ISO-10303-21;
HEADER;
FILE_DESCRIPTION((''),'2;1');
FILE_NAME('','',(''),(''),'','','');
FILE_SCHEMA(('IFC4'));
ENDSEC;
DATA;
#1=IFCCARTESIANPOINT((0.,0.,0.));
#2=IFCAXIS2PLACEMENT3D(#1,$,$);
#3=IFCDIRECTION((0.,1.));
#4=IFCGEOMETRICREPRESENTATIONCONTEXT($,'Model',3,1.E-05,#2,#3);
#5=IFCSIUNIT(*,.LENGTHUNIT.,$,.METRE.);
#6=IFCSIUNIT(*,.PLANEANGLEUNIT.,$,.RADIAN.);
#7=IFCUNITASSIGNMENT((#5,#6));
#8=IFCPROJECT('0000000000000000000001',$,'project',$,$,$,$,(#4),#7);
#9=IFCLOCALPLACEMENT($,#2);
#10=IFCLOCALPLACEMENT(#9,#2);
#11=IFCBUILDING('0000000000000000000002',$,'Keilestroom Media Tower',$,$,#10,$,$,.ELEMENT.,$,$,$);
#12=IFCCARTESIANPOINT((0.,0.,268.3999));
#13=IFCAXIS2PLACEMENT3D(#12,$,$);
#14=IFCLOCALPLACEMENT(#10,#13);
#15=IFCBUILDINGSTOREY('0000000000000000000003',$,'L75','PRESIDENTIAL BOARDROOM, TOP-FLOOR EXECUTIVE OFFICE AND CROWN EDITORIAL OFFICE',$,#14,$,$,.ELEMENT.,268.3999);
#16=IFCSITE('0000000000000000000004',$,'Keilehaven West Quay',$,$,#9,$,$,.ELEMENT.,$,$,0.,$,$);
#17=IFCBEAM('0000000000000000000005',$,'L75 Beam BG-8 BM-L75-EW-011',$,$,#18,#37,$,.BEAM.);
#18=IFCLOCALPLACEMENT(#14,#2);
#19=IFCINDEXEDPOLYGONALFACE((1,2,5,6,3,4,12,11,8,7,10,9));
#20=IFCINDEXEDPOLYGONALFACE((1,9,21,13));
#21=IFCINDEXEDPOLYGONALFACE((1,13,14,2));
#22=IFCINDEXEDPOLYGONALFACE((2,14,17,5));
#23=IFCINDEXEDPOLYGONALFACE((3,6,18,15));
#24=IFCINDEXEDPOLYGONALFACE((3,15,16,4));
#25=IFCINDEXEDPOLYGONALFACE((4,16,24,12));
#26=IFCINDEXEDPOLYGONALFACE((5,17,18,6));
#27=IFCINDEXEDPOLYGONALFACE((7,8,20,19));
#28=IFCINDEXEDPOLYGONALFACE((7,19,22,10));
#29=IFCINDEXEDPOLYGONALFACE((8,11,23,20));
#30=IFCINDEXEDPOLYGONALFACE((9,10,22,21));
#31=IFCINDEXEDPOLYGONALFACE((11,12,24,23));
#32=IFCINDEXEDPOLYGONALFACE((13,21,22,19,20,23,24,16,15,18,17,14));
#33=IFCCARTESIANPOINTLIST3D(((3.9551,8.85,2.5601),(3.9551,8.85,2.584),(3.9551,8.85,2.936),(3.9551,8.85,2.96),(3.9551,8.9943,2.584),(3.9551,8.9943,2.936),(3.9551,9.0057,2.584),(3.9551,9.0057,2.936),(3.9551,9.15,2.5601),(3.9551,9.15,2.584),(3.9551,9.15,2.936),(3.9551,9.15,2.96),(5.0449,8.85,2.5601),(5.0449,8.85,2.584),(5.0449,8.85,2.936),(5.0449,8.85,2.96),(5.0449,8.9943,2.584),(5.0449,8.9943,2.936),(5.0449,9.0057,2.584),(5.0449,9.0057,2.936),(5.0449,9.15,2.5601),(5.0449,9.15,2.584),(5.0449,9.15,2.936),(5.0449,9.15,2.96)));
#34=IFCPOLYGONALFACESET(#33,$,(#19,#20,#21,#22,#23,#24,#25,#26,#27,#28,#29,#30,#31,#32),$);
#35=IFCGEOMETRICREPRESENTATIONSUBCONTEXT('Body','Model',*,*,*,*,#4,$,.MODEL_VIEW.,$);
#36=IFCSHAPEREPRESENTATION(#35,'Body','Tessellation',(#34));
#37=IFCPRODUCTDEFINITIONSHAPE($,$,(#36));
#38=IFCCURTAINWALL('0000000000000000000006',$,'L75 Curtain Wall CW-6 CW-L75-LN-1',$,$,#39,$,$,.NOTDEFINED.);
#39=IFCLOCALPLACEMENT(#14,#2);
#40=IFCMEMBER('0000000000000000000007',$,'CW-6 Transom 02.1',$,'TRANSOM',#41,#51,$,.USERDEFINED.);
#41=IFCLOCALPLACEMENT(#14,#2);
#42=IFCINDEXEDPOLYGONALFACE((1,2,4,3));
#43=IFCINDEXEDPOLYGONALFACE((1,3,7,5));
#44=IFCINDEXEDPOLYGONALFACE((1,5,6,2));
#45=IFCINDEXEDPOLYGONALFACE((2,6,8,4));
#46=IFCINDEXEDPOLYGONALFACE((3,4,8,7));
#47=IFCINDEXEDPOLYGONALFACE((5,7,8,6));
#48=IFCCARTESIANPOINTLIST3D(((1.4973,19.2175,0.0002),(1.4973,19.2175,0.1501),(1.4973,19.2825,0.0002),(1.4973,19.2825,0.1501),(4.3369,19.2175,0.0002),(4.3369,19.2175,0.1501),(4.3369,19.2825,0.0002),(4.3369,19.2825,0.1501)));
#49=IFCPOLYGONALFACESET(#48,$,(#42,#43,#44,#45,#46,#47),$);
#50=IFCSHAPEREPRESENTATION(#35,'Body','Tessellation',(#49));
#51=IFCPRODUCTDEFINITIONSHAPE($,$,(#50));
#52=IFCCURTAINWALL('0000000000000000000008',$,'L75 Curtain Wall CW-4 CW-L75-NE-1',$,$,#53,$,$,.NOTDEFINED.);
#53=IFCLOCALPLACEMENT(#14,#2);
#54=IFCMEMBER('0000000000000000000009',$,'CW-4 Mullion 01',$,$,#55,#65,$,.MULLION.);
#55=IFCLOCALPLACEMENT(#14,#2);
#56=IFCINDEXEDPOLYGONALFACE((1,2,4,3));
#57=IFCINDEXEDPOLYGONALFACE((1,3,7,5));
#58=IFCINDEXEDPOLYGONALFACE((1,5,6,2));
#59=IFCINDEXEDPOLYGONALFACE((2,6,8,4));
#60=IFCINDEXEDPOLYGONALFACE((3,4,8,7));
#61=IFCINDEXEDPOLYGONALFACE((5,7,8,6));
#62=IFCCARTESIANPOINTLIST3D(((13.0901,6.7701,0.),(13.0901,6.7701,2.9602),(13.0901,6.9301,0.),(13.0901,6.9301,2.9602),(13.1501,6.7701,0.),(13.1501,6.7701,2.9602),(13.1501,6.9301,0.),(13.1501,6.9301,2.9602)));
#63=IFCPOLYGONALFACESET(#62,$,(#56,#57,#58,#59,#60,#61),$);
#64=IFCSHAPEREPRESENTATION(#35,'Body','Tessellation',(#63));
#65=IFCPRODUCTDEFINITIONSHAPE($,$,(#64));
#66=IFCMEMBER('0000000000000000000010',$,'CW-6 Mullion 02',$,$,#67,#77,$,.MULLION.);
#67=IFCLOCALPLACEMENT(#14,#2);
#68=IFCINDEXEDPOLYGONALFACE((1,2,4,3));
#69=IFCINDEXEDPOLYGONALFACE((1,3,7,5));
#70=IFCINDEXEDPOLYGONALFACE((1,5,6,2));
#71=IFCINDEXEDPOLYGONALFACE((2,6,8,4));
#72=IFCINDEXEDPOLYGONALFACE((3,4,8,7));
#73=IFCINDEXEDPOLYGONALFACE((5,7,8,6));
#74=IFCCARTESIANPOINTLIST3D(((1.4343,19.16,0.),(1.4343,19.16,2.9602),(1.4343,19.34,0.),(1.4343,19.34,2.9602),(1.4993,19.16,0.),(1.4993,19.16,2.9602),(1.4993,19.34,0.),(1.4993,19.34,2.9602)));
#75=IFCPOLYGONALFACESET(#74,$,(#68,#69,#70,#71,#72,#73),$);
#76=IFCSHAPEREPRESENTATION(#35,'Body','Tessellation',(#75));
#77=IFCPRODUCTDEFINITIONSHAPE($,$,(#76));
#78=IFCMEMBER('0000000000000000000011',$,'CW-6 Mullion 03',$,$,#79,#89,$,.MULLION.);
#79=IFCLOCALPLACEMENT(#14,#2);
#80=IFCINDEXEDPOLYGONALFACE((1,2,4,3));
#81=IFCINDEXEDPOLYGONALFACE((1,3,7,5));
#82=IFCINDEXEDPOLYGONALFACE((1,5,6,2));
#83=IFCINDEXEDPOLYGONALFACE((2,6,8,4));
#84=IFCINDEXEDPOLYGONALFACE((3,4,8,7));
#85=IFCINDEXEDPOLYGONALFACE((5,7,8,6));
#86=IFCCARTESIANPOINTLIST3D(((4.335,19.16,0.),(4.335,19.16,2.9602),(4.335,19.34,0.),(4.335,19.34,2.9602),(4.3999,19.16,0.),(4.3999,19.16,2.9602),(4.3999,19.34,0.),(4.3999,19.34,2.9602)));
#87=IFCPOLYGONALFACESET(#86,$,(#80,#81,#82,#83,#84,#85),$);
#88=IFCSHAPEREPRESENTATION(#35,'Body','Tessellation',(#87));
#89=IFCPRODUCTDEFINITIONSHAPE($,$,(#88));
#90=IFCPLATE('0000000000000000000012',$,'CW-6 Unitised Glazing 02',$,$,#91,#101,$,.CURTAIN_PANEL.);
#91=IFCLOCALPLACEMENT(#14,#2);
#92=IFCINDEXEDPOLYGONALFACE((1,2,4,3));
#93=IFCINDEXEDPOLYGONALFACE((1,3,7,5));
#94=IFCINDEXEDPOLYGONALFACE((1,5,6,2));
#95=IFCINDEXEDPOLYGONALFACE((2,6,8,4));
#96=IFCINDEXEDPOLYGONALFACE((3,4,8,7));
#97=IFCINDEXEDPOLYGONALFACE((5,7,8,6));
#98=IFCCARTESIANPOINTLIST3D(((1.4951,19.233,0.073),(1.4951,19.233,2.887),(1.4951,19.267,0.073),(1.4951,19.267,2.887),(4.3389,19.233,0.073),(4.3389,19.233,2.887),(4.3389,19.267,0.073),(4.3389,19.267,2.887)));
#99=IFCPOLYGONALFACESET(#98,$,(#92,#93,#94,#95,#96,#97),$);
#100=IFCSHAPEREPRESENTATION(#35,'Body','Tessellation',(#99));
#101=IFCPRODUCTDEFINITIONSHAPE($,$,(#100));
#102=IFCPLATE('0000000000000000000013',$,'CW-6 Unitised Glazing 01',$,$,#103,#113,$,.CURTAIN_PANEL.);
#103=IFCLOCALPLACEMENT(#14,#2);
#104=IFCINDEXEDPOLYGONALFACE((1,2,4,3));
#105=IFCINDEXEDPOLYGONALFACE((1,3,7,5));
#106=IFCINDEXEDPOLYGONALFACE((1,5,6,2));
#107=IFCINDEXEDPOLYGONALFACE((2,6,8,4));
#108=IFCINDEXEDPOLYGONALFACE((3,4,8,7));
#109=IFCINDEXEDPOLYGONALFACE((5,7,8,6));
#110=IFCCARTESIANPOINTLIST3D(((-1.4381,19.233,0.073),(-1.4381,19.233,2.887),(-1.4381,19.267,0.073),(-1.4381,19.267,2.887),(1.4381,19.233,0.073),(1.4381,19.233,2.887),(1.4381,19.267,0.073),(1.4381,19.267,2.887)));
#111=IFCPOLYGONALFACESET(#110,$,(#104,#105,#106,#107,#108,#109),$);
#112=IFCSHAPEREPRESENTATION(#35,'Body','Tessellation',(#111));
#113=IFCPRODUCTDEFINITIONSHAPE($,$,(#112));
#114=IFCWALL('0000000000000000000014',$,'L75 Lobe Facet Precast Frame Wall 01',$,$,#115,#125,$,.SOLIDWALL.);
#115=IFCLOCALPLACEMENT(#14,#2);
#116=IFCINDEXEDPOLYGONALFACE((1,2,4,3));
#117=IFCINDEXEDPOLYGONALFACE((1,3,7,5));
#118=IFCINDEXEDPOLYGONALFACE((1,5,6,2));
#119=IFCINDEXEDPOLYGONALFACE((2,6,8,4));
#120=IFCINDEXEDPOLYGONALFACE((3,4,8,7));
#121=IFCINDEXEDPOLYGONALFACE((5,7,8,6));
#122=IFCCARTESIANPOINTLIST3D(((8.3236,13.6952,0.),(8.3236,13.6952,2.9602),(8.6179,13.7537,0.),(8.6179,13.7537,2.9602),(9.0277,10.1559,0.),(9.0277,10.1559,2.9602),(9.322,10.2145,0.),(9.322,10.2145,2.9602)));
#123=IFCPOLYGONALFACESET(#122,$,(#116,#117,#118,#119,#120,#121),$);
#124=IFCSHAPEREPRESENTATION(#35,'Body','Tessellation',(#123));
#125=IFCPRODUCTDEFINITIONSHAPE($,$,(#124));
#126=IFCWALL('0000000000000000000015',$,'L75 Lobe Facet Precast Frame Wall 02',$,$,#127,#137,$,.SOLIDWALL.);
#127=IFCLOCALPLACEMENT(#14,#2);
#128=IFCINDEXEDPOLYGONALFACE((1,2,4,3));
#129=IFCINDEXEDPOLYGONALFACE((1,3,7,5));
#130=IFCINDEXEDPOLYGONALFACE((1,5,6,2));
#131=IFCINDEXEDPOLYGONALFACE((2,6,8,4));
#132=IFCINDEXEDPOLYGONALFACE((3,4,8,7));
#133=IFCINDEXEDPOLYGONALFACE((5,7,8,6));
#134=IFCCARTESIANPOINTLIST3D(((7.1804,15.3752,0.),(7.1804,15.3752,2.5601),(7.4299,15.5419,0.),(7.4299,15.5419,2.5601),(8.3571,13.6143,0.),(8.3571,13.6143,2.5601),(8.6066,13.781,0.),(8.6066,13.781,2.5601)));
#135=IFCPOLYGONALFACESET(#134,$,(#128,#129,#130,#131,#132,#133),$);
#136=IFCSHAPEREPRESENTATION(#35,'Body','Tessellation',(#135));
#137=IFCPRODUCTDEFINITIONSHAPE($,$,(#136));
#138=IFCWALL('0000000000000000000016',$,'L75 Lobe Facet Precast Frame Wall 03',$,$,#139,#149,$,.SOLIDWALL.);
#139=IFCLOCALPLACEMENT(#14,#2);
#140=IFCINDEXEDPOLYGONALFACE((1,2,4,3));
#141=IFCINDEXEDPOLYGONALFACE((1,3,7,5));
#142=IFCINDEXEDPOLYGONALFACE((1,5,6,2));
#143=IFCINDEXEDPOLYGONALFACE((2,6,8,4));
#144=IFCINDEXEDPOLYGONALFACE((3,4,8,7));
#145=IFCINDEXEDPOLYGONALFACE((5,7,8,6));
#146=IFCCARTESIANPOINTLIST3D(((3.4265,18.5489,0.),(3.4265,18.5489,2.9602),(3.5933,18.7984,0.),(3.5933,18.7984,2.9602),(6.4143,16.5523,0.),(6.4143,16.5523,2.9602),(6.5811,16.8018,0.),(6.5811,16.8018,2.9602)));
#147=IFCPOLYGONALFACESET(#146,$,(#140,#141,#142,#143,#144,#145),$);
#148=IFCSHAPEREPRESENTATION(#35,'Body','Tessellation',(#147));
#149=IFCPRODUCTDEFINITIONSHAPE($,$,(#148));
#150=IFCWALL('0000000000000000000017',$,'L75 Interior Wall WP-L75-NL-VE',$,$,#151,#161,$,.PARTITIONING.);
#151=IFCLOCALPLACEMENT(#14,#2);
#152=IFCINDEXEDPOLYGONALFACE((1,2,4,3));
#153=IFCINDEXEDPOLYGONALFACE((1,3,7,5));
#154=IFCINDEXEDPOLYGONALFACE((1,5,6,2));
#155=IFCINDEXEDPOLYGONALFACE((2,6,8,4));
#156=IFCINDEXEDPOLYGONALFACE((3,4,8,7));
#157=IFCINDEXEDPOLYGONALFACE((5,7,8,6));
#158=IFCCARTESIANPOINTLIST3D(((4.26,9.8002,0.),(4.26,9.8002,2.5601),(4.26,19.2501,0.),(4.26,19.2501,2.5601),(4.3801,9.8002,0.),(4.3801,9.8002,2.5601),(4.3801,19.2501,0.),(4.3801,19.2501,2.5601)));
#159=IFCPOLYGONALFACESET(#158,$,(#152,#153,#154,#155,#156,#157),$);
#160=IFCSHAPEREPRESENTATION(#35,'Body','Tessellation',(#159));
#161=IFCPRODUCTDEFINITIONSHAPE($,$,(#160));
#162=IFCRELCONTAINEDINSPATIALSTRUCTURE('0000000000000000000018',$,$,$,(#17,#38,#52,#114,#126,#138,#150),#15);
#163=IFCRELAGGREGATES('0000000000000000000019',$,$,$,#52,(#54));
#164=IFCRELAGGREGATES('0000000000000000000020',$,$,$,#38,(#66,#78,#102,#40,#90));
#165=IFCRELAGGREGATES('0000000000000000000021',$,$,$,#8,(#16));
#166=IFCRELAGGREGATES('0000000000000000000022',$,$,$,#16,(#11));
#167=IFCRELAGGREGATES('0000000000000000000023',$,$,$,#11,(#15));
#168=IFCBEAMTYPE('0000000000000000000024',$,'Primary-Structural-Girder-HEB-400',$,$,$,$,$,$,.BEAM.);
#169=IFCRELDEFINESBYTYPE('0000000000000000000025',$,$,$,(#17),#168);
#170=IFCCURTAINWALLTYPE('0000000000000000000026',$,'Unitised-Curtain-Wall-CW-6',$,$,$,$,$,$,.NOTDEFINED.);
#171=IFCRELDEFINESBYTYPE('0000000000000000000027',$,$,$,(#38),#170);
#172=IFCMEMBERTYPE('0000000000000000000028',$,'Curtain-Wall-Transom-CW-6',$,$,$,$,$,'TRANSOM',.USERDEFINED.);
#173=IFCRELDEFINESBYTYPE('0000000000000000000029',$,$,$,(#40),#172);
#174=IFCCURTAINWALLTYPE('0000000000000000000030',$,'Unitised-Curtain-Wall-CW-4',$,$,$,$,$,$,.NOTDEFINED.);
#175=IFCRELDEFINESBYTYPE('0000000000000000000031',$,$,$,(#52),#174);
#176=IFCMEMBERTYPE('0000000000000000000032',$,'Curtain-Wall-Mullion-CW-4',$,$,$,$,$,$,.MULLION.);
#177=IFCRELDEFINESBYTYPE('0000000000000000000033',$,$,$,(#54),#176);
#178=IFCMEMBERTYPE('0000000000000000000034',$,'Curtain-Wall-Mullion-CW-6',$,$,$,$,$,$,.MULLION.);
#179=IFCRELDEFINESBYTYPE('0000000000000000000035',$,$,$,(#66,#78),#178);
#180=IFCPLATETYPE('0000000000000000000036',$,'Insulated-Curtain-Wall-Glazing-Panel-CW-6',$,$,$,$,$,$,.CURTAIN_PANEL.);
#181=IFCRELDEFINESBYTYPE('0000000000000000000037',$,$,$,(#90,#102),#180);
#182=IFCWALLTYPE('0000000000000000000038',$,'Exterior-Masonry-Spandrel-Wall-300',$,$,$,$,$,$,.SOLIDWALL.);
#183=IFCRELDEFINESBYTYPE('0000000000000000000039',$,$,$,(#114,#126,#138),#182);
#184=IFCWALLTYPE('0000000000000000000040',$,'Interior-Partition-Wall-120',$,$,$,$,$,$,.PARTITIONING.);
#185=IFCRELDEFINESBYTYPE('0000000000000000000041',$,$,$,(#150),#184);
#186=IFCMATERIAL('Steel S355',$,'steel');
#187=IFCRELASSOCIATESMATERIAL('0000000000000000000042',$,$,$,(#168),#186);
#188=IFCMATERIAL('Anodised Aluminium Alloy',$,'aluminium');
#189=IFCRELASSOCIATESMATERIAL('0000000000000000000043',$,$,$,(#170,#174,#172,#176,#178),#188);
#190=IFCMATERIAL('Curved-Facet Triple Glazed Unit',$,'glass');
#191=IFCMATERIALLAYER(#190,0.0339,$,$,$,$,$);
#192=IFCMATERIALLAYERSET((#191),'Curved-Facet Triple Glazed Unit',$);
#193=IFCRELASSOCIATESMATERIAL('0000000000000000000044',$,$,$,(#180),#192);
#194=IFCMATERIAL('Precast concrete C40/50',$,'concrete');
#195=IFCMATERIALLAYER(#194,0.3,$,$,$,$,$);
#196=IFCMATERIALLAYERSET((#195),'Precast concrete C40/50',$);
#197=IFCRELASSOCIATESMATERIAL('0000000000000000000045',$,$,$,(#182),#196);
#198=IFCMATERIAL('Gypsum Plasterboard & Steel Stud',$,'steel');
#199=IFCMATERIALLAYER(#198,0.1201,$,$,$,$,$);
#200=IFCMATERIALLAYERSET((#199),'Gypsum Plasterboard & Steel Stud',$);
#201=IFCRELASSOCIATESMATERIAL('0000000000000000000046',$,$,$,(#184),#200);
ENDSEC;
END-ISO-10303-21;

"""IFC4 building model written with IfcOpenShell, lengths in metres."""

from ifc_helpers import new_model, si_unit, direction, frame, frame_2d, origin, origin_2d, place, context, subcontext, project, spatial, rectangle, i_section, extrude, source, transform, mapped, material, layer, layer_set, material_profile, profile_set, type_object, element, aggregate, save


model = new_model("IFC4")

# Units and contexts
model_context = context("Model", 3, precision=1e-05, world=origin(), true_north=direction((0.0, 1.0)))
body_context = subcontext(model_context, "Body", "Model", "MODEL_VIEW")
ifc_project = project(units=[si_unit("LENGTHUNIT", "METRE"), si_unit("PLANEANGLEUNIT", "RADIAN")], contexts=[model_context])

# Site, building, storey
site_placement = place(None, origin())
site = spatial("IfcSite", under=ifc_project, at=site_placement, Name="Keilehaven West Quay", CompositionType="ELEMENT", RefElevation=0.0)
building_placement = place(site_placement, origin())
building = spatial("IfcBuilding", under=site, at=building_placement, Name="Keilestroom Media Tower", CompositionType="ELEMENT")
storey_placement = place(building_placement, frame((0.0, 0.0, 268.3999)))
storey = spatial("IfcBuildingStorey", under=building, at=storey_placement, Name="L75", Description="PRESIDENTIAL BOARDROOM, TOP-FLOOR EXECUTIVE OFFICE AND CROWN EDITORIAL OFFICE", CompositionType="ELEMENT", Elevation=268.3999)

# Shared definitions
ifc_material_1 = material(Name="Steel S355", Category="steel")

# Beam
ifc_material_profile_1 = material_profile(ifc_material_1, i_section(OverallWidth=0.3, OverallDepth=0.3999, WebThickness=0.0115, FlangeThickness=0.0239, at=origin_2d()), Name="HEB 400")
ifc_profile_set_1 = profile_set([ifc_material_profile_1], Name="Steel S355")
beam_type = type_object("IfcBeamType", Name="Primary-Structural-Girder-HEB-400", PredefinedType="BEAM", material=ifc_profile_set_1)
shared_shape_1 = source(origin(), body_context, "Body", "SweptSolid", [
    extrude(i_section(OverallWidth=0.3, OverallDepth=0.3999, WebThickness=0.0115, FlangeThickness=0.0239, at=origin_2d()), origin(), (0.0, 0.0, 1.0), 1.0898),
])
beam_1_placement = place(storey_placement, frame((3.9551, 9.0, 2.76), z_axis=(1.0, 0.0, 0.0), x_axis=(0.0, 1.0, 0.0)))
element("IfcBeam", 1, at=beam_1_placement, inside=storey, type_object=beam_type, Name="L75 Beam BG-8 BM-L75-EW-011", PredefinedType="BEAM", context=body_context, shape_type="MappedRepresentation", body=[
    mapped(shared_shape_1, transform((0.0, 0.0, 0.0), x_axis=(1.0, 0.0, 0.0), y_axis=(0.0, 1.0, 0.0), z_axis=(0.0, 0.0, 1.0), scale=1.0)),
])

# Curtain walls, members
ifc_material_2 = material(Name="Anodised Aluminium Alloy", Category="aluminium")
curtain_wall_type_1 = type_object("IfcCurtainWallType", Name="Unitised-Curtain-Wall-CW-6", PredefinedType="NOTDEFINED", material=ifc_material_2)
curtain_wall_1_placement = place(storey_placement, origin())
curtain_wall_1 = element("IfcCurtainWall", 2, at=curtain_wall_1_placement, inside=storey, type_object=curtain_wall_type_1, Name="L75 Curtain Wall CW-6 CW-L75-LN-1", PredefinedType="NOTDEFINED")
ifc_material_profile_2 = material_profile(ifc_material_2, rectangle(XDim=0.0649, YDim=0.1499, at=origin_2d()), Name="ALU TRANSOM 65x150")
ifc_profile_set_2 = profile_set([ifc_material_profile_2], Name="Anodised Aluminium Alloy")
member_type_1 = type_object("IfcMemberType", Name="Curtain-Wall-Transom-CW-6", ElementType="TRANSOM", PredefinedType="USERDEFINED", material=ifc_profile_set_2)
shared_shape_2 = source(origin(), body_context, "Body", "SweptSolid", [
    extrude(rectangle(XDim=0.0649, YDim=0.1499, at=origin_2d()), origin(), (0.0, 0.0, 1.0), 2.8396),
])
member_1_placement = place(storey_placement, frame((1.4973, 19.25, 0.0752), z_axis=(1.0, 0.0, 0.0), x_axis=(0.0, 1.0, 0.0)))
member_1 = element("IfcMember", 3, at=member_1_placement, type_object=member_type_1, Name="CW-6 Transom 02.1", ObjectType="TRANSOM", PredefinedType="USERDEFINED", context=body_context, shape_type="MappedRepresentation", body=[
    mapped(shared_shape_2, transform((0.0, 0.0, 0.0), x_axis=(1.0, 0.0, 0.0), y_axis=(0.0, 1.0, 0.0), z_axis=(0.0, 0.0, 1.0), scale=1.0)),
])
curtain_wall_type_2 = type_object("IfcCurtainWallType", Name="Unitised-Curtain-Wall-CW-4", PredefinedType="NOTDEFINED", material=ifc_material_2)
curtain_wall_2_placement = place(storey_placement, origin())
curtain_wall_2 = element("IfcCurtainWall", 4, at=curtain_wall_2_placement, inside=storey, type_object=curtain_wall_type_2, Name="L75 Curtain Wall CW-4 CW-L75-NE-1", PredefinedType="NOTDEFINED")
ifc_material_profile_3 = material_profile(ifc_material_2, rectangle(XDim=0.0601, YDim=0.1599, at=origin_2d()), Name="ALU MULLION 60x160")
ifc_profile_set_3 = profile_set([ifc_material_profile_3], Name="Anodised Aluminium Alloy")
member_type_2 = type_object("IfcMemberType", Name="Curtain-Wall-Mullion-CW-4", PredefinedType="MULLION", material=ifc_profile_set_3)
shared_shape_3 = source(origin(), body_context, "Body", "SweptSolid", [
    extrude(rectangle(XDim=0.0601, YDim=0.1599, at=origin_2d()), origin(), (0.0, 0.0, 1.0), 2.9602),
])
member_2_placement = place(storey_placement, frame((13.1201, 6.8501, 0.0), z_axis=(0.0, 0.0, 1.0), x_axis=(1.0, 0.0, 0.0)))
member_2 = element("IfcMember", 5, at=member_2_placement, type_object=member_type_2, Name="CW-4 Mullion 01", PredefinedType="MULLION", context=body_context, shape_type="MappedRepresentation", body=[
    mapped(shared_shape_3, transform((0.0, 0.0, 0.0), x_axis=(1.0, 0.0, 0.0), y_axis=(0.0, 1.0, 0.0), z_axis=(0.0, 0.0, 1.0), scale=1.0)),
])
aggregate(curtain_wall_2, [member_2])

# Members
ifc_material_profile_4 = material_profile(ifc_material_2, rectangle(XDim=0.0649, YDim=0.1799, at=origin_2d()), Name="ALU MULLION 65x180")
ifc_profile_set_4 = profile_set([ifc_material_profile_4], Name="Anodised Aluminium Alloy")
member_type_3 = type_object("IfcMemberType", Name="Curtain-Wall-Mullion-CW-6", PredefinedType="MULLION", material=ifc_profile_set_4)
shared_shape_4 = source(origin(), body_context, "Body", "SweptSolid", [
    extrude(rectangle(XDim=0.0649, YDim=0.1799, at=origin_2d()), origin(), (0.0, 0.0, 1.0), 2.9602),
])
member_3_placement = place(storey_placement, frame((1.4668, 19.25, 0.0), z_axis=(0.0, 0.0, 1.0), x_axis=(1.0, 0.0, 0.0)))
member_3 = element("IfcMember", 6, at=member_3_placement, type_object=member_type_3, Name="CW-6 Mullion 02", PredefinedType="MULLION", context=body_context, shape_type="MappedRepresentation", body=[
    mapped(shared_shape_4, transform((0.0, 0.0, 0.0), x_axis=(1.0, 0.0, 0.0), y_axis=(0.0, 1.0, 0.0), z_axis=(0.0, 0.0, 1.0), scale=1.0)),
])
member_4_placement = place(storey_placement, frame((4.3674, 19.25, 0.0), z_axis=(0.0, 0.0, 1.0), x_axis=(1.0, 0.0, 0.0)))
member_4 = element("IfcMember", 7, at=member_4_placement, type_object=member_type_3, Name="CW-6 Mullion 03", PredefinedType="MULLION", context=body_context, shape_type="MappedRepresentation", body=[
    mapped(shared_shape_4, transform((0.0, 0.0, 0.0), x_axis=(1.0, 0.0, 0.0), y_axis=(0.0, 1.0, 0.0), z_axis=(0.0, 0.0, 1.0), scale=1.0)),
])

# Plates
ifc_material_3 = material(Name="Curved-Facet Triple Glazed Unit", Category="glass")
ifc_layer_1 = layer(ifc_material_3, 0.0339)
ifc_layer_set_1 = layer_set([ifc_layer_1], Name="Curved-Facet Triple Glazed Unit")
plate_type = type_object("IfcPlateType", Name="Insulated-Curtain-Wall-Glazing-Panel-CW-6", PredefinedType="CURTAIN_PANEL", material=ifc_layer_set_1)
shared_shape_5 = source(origin(), body_context, "Body", "SweptSolid", [
    extrude(rectangle(XDim=2.8438, YDim=0.0339, at=origin_2d()), origin(), (0.0, 0.0, 1.0), 2.814),
])
plate_1_placement = place(storey_placement, frame((2.917, 19.25, 0.073), z_axis=(0.0, 0.0, 1.0), x_axis=(1.0, 0.0, 0.0)))
plate_1 = element("IfcPlate", 8, at=plate_1_placement, type_object=plate_type, Name="CW-6 Unitised Glazing 02", PredefinedType="CURTAIN_PANEL", context=body_context, shape_type="MappedRepresentation", body=[
    mapped(shared_shape_5, transform((0.0, 0.0, 0.0), x_axis=(1.0, 0.0, 0.0), y_axis=(0.0, 1.0, 0.0), z_axis=(0.0, 0.0, 1.0), scale=1.0)),
])
shared_shape_6 = source(origin(), body_context, "Body", "SweptSolid", [
    extrude(rectangle(XDim=2.8762, YDim=0.0339, at=origin_2d()), origin(), (0.0, 0.0, 1.0), 2.814),
])
plate_2_placement = place(storey_placement, frame((0.0, 19.25, 0.073), z_axis=(0.0, 0.0, 1.0), x_axis=(1.0, 0.0, 0.0)))
plate_2 = element("IfcPlate", 9, at=plate_2_placement, type_object=plate_type, Name="CW-6 Unitised Glazing 01", PredefinedType="CURTAIN_PANEL", context=body_context, shape_type="MappedRepresentation", body=[
    mapped(shared_shape_6, transform((0.0, 0.0, 0.0), x_axis=(1.0, 0.0, 0.0), y_axis=(0.0, 1.0, 0.0), z_axis=(0.0, 0.0, 1.0), scale=1.0)),
])
aggregate(curtain_wall_1, [member_3, member_4, plate_2, member_1, plate_1])

# Walls
ifc_material_4 = material(Name="Precast concrete C40/50", Category="concrete")
ifc_layer_2 = layer(ifc_material_4, 0.3)
ifc_layer_set_2 = layer_set([ifc_layer_2], Name="Precast concrete C40/50")
wall_type_1 = type_object("IfcWallType", Name="Exterior-Masonry-Spandrel-Wall-300", PredefinedType="SOLIDWALL", material=ifc_layer_set_2)
wall_1_placement = place(storey_placement, frame((9.1748, 10.1853, 0.0), z_axis=(0.0, 0.0, 1.0), x_axis=(-0.195114, 0.980781, 0.0)))
element("IfcWall", 10, at=wall_1_placement, inside=storey, type_object=wall_type_1, Name="L75 Lobe Facet Precast Frame Wall 01", PredefinedType="SOLIDWALL", context=body_context, shape_type="SweptSolid", body=[
    extrude(rectangle(XDim=3.6086, YDim=0.3, at=frame_2d((1.8042, 0.0))), origin(), (0.0, 0.0, 1.0), 2.9602),
])
wall_2_placement = place(storey_placement, frame((8.4819, 13.6975, 0.0), z_axis=(0.0, 0.0, 1.0), x_axis=(-0.555604, 0.831447, 0.0)))
element("IfcWall", 11, at=wall_2_placement, inside=storey, type_object=wall_type_1, Name="L75 Lobe Facet Precast Frame Wall 02", PredefinedType="SOLIDWALL", context=body_context, shape_type="SweptSolid", body=[
    extrude(rectangle(XDim=2.1179, YDim=0.3, at=frame_2d((1.0591, 0.0))), origin(), (0.0, 0.0, 1.0), 2.5601),
])
wall_3_placement = place(storey_placement, frame((6.4978, 16.677, 0.0), z_axis=(0.0, 0.0, 1.0), x_axis=(-0.831444, 0.555609, 0.0)))
element("IfcWall", 12, at=wall_3_placement, inside=storey, type_object=wall_type_1, Name="L75 Lobe Facet Precast Frame Wall 03", PredefinedType="SOLIDWALL", context=body_context, shape_type="SweptSolid", body=[
    extrude(rectangle(XDim=3.5935, YDim=0.3, at=frame_2d((1.7969, 0.0))), origin(), (0.0, 0.0, 1.0), 2.9602),
])
ifc_material_5 = material(Name="Gypsum Plasterboard & Steel Stud", Category="steel")
ifc_layer_3 = layer(ifc_material_5, 0.1201)
ifc_layer_set_3 = layer_set([ifc_layer_3], Name="Gypsum Plasterboard & Steel Stud")
wall_type_2 = type_object("IfcWallType", Name="Interior-Partition-Wall-120", PredefinedType="PARTITIONING", material=ifc_layer_set_3)
wall_4_placement = place(storey_placement, frame((4.3201, 9.8, 0.0), z_axis=(0.0, 0.0, 1.0), x_axis=(0.0, 1.0, 0.0)))
element("IfcWall", 13, at=wall_4_placement, inside=storey, type_object=wall_type_2, Name="L75 Interior Wall WP-L75-NL-VE", PredefinedType="PARTITIONING", context=body_context, shape_type="SweptSolid", body=[
    extrude(rectangle(XDim=9.45, YDim=0.1201, at=frame_2d((4.7251, 0.0))), origin(), (0.0, 0.0, 1.0), 2.5601),
])

save(model, "model.ifc")
